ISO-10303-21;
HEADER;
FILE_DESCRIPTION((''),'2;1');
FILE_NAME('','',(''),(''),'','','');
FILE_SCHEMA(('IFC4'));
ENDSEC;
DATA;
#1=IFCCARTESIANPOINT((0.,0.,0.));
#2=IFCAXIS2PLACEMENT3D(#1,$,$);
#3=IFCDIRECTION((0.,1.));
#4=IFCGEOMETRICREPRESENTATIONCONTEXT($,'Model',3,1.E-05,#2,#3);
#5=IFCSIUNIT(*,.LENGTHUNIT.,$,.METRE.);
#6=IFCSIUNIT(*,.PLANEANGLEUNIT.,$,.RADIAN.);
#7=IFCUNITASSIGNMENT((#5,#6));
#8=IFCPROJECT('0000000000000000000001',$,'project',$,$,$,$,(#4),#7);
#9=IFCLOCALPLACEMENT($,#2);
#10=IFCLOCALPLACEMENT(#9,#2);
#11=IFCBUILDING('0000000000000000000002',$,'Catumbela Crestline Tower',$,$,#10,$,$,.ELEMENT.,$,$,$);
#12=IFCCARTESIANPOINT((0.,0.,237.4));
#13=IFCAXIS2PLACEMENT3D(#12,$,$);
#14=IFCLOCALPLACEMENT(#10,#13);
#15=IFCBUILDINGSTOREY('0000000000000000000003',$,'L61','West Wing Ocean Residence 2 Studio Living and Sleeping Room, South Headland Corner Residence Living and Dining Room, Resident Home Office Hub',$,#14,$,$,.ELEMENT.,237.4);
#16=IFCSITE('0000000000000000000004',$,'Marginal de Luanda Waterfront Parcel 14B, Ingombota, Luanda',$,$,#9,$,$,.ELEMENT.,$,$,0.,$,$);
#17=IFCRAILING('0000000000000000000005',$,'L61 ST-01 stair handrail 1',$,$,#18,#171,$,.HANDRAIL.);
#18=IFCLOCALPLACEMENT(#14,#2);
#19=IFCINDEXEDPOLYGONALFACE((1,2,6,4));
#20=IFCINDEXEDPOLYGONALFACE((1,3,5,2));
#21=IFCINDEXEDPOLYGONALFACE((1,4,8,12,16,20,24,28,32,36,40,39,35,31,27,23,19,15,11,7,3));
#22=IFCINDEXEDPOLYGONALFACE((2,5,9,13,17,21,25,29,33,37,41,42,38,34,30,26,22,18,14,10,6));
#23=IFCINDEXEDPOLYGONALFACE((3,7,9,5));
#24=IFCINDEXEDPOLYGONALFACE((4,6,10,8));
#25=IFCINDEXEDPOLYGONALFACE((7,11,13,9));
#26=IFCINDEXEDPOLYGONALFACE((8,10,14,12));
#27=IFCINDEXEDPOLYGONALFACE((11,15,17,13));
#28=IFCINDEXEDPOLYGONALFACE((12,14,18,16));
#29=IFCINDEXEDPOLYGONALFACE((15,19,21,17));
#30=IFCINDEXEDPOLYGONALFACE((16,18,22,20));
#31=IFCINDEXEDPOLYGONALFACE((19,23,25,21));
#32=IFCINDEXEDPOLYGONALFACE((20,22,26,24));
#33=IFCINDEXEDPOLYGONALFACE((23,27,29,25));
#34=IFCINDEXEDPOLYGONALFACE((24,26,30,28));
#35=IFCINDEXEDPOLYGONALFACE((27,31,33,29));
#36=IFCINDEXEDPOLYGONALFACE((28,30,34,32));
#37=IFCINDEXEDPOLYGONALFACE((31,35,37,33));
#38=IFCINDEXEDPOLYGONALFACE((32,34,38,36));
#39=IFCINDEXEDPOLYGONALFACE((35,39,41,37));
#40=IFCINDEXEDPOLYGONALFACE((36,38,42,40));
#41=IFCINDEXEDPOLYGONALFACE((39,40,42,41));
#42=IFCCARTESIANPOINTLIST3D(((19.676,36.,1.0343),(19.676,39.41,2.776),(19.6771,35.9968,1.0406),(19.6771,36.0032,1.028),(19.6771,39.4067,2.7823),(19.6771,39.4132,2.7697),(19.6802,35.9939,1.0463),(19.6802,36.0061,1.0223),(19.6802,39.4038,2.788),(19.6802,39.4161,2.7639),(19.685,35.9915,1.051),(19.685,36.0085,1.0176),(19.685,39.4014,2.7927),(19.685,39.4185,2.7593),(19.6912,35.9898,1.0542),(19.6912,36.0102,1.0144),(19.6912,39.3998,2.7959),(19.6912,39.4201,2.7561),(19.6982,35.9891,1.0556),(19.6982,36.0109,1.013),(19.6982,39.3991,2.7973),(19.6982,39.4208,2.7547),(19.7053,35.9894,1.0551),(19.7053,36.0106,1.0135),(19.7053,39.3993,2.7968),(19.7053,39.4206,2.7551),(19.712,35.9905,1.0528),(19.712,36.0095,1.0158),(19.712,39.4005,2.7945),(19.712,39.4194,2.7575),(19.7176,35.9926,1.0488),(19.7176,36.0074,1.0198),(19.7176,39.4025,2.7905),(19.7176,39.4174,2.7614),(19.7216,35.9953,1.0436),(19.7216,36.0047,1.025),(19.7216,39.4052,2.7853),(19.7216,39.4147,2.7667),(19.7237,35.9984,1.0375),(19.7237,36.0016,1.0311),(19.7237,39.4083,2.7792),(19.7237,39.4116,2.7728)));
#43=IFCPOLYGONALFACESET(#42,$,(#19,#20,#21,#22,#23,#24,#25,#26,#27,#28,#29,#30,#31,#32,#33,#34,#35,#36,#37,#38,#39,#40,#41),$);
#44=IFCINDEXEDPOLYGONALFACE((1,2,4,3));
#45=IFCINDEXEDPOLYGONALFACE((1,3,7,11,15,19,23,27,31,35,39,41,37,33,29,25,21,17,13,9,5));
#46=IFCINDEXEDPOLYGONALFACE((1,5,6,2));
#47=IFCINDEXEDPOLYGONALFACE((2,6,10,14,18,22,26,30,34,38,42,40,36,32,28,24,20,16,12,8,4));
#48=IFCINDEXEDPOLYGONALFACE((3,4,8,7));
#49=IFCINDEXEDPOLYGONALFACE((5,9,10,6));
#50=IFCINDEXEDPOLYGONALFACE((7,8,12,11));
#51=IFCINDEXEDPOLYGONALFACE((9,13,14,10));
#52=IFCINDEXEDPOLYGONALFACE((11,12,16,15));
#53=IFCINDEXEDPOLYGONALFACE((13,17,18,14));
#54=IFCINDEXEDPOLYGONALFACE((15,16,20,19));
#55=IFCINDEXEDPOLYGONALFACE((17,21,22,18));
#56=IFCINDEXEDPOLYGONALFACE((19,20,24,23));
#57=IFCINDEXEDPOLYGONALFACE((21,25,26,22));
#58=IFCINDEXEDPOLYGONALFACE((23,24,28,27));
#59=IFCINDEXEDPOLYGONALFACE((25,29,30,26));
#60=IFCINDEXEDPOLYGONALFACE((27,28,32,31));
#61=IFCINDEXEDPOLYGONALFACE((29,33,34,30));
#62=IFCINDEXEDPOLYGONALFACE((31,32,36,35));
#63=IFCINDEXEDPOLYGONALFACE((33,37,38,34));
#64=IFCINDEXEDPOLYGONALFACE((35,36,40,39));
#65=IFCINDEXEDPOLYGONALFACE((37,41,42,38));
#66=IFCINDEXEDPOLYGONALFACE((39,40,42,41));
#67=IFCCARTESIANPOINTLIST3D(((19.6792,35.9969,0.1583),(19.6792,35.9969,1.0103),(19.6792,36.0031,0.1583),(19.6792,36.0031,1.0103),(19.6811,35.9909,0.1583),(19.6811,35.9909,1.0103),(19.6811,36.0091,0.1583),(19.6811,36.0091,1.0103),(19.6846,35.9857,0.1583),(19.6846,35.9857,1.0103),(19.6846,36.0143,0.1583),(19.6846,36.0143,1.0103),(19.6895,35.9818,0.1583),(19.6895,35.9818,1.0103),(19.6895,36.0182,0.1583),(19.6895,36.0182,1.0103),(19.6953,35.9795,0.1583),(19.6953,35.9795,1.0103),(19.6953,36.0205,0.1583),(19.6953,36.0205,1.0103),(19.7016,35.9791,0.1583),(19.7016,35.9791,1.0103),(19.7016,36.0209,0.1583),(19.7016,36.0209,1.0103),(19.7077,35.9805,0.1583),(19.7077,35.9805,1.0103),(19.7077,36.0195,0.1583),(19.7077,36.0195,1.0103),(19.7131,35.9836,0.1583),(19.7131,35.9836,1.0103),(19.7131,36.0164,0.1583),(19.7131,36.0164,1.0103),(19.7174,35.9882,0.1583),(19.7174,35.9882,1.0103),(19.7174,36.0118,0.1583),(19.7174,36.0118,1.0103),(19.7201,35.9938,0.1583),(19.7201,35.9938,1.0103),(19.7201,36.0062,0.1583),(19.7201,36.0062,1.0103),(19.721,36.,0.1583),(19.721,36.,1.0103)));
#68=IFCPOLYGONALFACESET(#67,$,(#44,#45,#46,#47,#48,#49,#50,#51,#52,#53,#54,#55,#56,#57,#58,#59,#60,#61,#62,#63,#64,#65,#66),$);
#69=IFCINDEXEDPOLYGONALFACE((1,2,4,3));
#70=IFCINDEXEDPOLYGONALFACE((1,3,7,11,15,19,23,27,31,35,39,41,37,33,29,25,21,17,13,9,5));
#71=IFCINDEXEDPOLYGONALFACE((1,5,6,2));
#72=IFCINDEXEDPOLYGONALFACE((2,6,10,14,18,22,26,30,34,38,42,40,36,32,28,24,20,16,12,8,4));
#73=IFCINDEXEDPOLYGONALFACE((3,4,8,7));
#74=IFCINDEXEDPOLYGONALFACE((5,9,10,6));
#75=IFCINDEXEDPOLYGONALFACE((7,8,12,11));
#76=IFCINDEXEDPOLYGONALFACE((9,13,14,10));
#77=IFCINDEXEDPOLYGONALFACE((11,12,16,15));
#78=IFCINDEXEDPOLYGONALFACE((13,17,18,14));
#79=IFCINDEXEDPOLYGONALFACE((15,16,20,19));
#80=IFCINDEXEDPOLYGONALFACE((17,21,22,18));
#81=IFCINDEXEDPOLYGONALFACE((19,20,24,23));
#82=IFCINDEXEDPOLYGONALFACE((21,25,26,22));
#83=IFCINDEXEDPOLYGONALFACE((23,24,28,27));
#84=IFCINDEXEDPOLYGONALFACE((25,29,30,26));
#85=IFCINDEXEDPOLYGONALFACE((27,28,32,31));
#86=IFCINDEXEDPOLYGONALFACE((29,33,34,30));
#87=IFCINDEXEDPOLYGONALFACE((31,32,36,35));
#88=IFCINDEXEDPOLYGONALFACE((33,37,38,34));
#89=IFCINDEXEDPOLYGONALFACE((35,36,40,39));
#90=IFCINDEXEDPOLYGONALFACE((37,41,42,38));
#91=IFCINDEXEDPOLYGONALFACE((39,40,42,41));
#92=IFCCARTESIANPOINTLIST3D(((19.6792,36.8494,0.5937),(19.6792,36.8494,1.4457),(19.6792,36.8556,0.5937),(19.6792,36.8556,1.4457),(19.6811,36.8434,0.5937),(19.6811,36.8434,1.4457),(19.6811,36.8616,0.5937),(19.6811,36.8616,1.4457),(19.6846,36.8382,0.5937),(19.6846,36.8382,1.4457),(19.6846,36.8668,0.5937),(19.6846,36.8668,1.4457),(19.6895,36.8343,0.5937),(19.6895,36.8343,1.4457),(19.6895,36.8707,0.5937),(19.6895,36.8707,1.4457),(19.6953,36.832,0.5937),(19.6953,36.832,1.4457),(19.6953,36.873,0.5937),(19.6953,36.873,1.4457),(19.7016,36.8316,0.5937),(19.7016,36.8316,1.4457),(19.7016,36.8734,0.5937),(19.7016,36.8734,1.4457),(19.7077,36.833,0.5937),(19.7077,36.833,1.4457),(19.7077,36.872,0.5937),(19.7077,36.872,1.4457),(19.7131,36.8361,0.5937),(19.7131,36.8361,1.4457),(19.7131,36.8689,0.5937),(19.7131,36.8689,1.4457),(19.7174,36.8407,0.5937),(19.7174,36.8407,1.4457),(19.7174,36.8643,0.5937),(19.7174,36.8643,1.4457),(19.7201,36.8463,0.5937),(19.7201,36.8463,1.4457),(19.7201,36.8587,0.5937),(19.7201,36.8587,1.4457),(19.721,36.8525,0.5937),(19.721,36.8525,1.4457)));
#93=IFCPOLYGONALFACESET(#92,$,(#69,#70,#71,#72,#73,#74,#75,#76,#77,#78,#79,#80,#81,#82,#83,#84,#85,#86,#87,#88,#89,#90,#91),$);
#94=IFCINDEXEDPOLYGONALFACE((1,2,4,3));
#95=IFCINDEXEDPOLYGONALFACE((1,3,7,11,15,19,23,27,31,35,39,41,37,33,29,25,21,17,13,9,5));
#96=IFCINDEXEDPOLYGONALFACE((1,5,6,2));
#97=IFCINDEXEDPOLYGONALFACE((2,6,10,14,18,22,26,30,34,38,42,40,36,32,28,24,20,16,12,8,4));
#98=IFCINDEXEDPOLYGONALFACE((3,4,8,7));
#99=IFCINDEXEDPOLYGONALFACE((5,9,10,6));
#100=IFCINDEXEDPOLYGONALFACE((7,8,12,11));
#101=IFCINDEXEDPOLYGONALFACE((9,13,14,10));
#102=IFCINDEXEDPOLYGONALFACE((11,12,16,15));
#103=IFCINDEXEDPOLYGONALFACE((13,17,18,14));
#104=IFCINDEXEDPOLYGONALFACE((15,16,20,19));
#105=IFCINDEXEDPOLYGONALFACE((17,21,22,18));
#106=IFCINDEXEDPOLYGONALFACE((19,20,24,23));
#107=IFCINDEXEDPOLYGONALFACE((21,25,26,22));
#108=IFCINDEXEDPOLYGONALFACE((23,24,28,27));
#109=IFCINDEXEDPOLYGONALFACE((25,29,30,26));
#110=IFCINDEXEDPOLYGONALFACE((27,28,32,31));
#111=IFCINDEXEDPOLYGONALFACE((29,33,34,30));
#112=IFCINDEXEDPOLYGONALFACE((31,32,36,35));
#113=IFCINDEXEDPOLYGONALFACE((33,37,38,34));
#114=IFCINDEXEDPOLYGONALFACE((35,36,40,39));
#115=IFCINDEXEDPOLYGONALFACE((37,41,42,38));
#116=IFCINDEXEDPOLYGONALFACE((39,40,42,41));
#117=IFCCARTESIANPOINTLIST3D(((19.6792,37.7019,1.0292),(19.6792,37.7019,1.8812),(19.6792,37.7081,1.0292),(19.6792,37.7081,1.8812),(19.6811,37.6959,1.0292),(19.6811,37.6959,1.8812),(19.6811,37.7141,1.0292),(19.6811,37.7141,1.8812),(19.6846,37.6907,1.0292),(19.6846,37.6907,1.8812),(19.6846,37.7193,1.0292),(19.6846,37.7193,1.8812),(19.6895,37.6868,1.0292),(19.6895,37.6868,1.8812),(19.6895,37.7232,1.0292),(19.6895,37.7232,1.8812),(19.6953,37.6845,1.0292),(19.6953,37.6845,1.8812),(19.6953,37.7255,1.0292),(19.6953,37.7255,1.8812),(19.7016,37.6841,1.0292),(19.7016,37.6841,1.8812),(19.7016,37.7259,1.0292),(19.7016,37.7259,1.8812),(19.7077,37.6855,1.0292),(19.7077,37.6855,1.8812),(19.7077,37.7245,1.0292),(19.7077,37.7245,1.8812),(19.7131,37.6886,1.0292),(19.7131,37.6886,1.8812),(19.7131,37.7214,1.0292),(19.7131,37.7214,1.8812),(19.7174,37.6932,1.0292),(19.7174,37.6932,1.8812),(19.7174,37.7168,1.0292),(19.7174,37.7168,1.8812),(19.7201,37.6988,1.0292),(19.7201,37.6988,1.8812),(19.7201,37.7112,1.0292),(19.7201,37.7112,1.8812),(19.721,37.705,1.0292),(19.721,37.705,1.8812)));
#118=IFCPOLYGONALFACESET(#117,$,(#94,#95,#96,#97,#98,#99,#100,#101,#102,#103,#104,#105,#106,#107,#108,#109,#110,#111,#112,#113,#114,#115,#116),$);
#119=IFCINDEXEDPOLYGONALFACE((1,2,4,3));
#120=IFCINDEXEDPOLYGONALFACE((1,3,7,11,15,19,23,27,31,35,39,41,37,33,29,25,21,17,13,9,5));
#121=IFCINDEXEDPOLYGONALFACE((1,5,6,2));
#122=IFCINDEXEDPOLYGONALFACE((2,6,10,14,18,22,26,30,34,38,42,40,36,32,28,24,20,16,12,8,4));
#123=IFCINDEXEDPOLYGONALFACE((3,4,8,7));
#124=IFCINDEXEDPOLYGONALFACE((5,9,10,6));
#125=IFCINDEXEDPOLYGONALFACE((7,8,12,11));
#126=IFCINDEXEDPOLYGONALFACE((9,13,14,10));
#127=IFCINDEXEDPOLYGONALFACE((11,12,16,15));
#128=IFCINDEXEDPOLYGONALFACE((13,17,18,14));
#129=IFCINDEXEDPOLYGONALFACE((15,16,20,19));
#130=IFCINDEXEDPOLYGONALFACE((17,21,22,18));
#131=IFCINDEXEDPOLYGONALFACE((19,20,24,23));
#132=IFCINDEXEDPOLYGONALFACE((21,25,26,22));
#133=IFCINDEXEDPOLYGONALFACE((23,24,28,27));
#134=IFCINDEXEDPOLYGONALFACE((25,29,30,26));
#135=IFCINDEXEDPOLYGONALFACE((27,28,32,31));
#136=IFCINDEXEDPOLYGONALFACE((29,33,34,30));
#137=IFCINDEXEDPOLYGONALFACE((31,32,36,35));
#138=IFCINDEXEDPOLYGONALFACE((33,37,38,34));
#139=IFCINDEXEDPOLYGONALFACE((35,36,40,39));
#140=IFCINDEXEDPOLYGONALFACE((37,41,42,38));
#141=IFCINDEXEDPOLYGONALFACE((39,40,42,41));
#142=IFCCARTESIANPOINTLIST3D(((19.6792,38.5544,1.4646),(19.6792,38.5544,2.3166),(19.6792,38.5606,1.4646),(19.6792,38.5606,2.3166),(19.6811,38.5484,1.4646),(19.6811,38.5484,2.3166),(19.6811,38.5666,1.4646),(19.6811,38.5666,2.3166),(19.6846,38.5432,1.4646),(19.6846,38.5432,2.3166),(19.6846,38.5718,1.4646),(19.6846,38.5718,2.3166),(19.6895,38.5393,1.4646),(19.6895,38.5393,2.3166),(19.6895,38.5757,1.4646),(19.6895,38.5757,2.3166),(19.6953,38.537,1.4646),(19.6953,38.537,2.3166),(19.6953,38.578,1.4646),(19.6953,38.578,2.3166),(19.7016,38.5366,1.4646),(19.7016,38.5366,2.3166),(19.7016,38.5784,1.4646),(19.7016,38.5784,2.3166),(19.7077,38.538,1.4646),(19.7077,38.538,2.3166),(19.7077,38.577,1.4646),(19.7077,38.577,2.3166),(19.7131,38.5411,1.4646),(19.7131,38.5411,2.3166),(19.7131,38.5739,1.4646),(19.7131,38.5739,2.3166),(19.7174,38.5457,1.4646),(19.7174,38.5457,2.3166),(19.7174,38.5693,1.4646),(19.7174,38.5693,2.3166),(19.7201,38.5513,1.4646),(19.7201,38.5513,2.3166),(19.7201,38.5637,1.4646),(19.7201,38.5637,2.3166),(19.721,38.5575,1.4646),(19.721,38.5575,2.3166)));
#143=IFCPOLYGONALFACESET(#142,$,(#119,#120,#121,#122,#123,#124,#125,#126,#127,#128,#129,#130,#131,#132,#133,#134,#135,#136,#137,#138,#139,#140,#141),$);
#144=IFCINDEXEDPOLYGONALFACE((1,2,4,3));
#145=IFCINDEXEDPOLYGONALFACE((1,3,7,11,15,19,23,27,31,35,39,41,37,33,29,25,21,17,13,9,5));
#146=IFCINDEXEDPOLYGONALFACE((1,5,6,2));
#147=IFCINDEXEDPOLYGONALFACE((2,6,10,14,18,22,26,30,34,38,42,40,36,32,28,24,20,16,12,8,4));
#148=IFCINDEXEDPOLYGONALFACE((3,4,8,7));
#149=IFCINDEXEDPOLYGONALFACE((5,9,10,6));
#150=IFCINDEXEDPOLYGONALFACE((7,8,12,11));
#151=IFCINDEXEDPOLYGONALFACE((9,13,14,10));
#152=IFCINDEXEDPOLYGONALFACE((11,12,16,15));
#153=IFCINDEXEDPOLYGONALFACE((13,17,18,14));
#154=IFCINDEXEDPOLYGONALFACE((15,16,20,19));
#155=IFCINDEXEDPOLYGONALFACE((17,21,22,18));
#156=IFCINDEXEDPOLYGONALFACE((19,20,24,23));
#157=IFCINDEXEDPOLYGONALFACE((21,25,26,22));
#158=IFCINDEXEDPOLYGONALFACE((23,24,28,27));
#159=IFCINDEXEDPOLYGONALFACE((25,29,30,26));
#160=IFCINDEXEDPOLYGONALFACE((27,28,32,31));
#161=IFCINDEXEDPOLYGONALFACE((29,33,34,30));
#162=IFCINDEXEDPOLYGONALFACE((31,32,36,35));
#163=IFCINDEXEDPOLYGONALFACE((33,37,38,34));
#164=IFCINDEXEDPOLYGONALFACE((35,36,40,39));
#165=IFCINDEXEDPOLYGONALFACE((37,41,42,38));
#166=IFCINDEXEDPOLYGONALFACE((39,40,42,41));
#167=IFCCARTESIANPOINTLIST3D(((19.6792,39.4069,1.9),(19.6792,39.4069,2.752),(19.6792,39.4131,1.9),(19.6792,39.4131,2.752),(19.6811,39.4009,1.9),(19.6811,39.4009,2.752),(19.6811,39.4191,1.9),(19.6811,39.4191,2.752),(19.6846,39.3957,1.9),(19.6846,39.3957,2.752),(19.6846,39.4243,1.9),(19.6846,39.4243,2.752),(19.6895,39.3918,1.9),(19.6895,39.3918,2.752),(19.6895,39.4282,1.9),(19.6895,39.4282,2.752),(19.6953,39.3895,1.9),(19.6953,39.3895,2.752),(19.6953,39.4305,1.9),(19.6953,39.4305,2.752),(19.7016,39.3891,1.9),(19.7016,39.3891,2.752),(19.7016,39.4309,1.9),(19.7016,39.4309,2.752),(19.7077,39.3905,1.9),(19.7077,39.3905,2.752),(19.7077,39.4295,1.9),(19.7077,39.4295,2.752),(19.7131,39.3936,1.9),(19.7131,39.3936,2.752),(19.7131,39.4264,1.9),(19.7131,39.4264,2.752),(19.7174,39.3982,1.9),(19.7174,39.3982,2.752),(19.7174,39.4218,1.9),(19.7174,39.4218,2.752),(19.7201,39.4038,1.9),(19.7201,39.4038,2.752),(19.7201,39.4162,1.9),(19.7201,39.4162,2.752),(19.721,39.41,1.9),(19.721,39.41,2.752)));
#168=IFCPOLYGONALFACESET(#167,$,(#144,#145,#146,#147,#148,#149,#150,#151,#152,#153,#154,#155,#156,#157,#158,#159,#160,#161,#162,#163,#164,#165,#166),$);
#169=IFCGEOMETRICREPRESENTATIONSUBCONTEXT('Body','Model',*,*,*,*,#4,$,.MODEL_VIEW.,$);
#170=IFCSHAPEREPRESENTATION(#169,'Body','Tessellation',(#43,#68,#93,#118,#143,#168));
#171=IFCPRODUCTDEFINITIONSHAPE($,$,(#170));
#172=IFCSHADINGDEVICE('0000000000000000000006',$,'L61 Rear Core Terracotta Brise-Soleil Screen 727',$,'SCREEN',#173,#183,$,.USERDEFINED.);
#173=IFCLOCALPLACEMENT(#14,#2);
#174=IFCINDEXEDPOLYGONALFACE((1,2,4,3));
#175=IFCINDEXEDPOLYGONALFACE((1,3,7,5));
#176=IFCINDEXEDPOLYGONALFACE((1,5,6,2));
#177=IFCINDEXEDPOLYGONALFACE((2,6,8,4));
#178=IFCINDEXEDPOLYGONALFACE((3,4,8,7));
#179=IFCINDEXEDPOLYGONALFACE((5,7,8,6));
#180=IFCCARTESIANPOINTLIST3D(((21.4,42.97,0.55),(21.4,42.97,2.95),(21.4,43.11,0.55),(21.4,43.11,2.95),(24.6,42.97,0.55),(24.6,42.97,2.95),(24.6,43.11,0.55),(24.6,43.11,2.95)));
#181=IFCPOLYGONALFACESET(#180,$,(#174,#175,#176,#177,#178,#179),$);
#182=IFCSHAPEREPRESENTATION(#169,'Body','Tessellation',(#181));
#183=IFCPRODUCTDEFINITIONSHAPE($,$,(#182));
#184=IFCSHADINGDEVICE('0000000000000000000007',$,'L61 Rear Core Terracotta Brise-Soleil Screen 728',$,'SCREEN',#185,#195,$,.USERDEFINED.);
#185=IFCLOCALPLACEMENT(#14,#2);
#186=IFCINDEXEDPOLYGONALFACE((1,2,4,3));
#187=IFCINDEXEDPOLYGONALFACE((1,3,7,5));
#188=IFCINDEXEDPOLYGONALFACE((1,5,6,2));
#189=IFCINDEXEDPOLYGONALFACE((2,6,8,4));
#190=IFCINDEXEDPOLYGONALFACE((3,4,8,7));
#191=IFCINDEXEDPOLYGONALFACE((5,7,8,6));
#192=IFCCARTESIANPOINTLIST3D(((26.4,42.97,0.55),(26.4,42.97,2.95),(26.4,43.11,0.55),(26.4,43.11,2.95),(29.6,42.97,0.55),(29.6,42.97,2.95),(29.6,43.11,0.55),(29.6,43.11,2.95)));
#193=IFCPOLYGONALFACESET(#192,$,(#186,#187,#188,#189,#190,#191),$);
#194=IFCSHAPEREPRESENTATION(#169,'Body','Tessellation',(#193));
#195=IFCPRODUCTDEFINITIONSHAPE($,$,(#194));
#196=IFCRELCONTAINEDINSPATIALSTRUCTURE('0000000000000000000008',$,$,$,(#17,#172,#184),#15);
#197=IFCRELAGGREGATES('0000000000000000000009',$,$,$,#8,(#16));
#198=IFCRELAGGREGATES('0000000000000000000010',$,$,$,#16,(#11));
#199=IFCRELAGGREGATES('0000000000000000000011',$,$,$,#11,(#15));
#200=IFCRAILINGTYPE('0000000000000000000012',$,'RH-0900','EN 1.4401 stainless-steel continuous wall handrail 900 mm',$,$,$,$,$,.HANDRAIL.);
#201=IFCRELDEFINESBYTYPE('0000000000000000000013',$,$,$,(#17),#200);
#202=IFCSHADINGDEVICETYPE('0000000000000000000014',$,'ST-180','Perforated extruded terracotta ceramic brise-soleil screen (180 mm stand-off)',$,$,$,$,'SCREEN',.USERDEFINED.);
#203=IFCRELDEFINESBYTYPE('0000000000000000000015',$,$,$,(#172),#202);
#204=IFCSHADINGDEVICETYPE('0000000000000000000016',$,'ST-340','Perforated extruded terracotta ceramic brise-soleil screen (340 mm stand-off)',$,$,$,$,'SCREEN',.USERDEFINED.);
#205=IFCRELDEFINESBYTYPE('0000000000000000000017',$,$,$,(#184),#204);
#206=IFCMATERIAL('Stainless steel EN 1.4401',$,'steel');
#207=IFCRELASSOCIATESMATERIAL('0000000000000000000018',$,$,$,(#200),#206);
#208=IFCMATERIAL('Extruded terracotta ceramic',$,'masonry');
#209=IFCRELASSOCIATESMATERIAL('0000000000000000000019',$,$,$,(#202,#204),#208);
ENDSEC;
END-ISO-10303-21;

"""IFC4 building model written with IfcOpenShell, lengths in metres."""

from ifc_helpers import new_model, si_unit, direction, frame, origin, origin_2d, place, context, subcontext, project, spatial, rectangle, circle, extrude, material, type_object, element, save


model = new_model("IFC4")

# Units and contexts
model_context = context("Model", 3, precision=1e-05, world=origin(), true_north=direction((0.0, 1.0)))
body_context = subcontext(model_context, "Body", "Model", "MODEL_VIEW")
ifc_project = project(units=[si_unit("LENGTHUNIT", "METRE"), si_unit("PLANEANGLEUNIT", "RADIAN")], contexts=[model_context])

# Site, building, storey
site_placement = place(None, origin())
site = spatial("IfcSite", under=ifc_project, at=site_placement, Name="Marginal de Luanda Waterfront Parcel 14B, Ingombota, Luanda", CompositionType="ELEMENT", RefElevation=0.0)
building_placement = place(site_placement, origin())
building = spatial("IfcBuilding", under=site, at=building_placement, Name="Catumbela Crestline Tower", CompositionType="ELEMENT")
storey_placement = place(building_placement, frame((0.0, 0.0, 237.4)))
storey = spatial("IfcBuildingStorey", under=building, at=storey_placement, Name="L61", Description="West Wing Ocean Residence 2 Studio Living and Sleeping Room, South Headland Corner Residence Living and Dining Room, Resident Home Office Hub", CompositionType="ELEMENT", Elevation=237.4)

# Shared definitions
ifc_material_1 = material(Name="Stainless steel EN 1.4401", Category="steel")

# Railing
railing_type = type_object("IfcRailingType", Name="RH-0900", Description="EN 1.4401 stainless-steel continuous wall handrail 900 mm", PredefinedType="HANDRAIL", material=ifc_material_1)
railing_placement = place(storey_placement, frame((19.7, 36.0, 0.1583)))
element("IfcRailing", 1, at=railing_placement, inside=storey, type_object=railing_type, Name="L61 ST-01 stair handrail 1", PredefinedType="HANDRAIL", context=body_context, shape_type="SweptSolid", body=[
    extrude(circle(Radius=0.024, at=origin_2d()), frame((0.0, 0.0, 0.876), z_axis=(0.0, 0.89056, 0.454865), x_axis=(-1.0, 0.0, 0.0)), (0.0, 0.0, 1.0), 3.829),
    extrude(circle(Radius=0.021, at=origin_2d()), origin(), (0.0, 0.0, 1.0), 0.852),
    extrude(circle(Radius=0.021, at=origin_2d()), frame((0.0, 0.8525, 0.4354)), (0.0, 0.0, 1.0), 0.852),
    extrude(circle(Radius=0.021, at=origin_2d()), frame((0.0, 1.705, 0.8709)), (0.0, 0.0, 1.0), 0.852),
    extrude(circle(Radius=0.021, at=origin_2d()), frame((0.0, 2.5575, 1.3063)), (0.0, 0.0, 1.0), 0.852),
    extrude(circle(Radius=0.021, at=origin_2d()), frame((0.0, 3.41, 1.7417)), (0.0, 0.0, 1.0), 0.852),
])

# Shading devices
ifc_material_2 = material(Name="Extruded terracotta ceramic", Category="masonry")
shading_device_type_1 = type_object("IfcShadingDeviceType", Name="ST-180", Description="Perforated extruded terracotta ceramic brise-soleil screen (180 mm stand-off)", ElementType="SCREEN", PredefinedType="USERDEFINED", material=ifc_material_2)
shading_device_1_placement = place(storey_placement, frame((23.0, 43.04, 0.55), z_axis=(0.0, 0.0, 1.0), x_axis=(1.0, 0.0, 0.0)))
element("IfcShadingDevice", 2, at=shading_device_1_placement, inside=storey, type_object=shading_device_type_1, Name="L61 Rear Core Terracotta Brise-Soleil Screen 727", ObjectType="SCREEN", PredefinedType="USERDEFINED", context=body_context, shape_type="SweptSolid", body=[
    extrude(rectangle(XDim=3.2, YDim=0.14, at=origin_2d()), origin(), (0.0, 0.0, 1.0), 2.4),
])
shading_device_type_2 = type_object("IfcShadingDeviceType", Name="ST-340", Description="Perforated extruded terracotta ceramic brise-soleil screen (340 mm stand-off)", ElementType="SCREEN", PredefinedType="USERDEFINED", material=ifc_material_2)
shading_device_2_placement = place(storey_placement, frame((28.0, 43.04, 0.55), z_axis=(0.0, 0.0, 1.0), x_axis=(1.0, 0.0, 0.0)))
element("IfcShadingDevice", 3, at=shading_device_2_placement, inside=storey, type_object=shading_device_type_2, Name="L61 Rear Core Terracotta Brise-Soleil Screen 728", ObjectType="SCREEN", PredefinedType="USERDEFINED", context=body_context, shape_type="SweptSolid", body=[
    extrude(rectangle(XDim=3.2, YDim=0.14, at=origin_2d()), origin(), (0.0, 0.0, 1.0), 2.4),
])

save(model, "model.ifc")
